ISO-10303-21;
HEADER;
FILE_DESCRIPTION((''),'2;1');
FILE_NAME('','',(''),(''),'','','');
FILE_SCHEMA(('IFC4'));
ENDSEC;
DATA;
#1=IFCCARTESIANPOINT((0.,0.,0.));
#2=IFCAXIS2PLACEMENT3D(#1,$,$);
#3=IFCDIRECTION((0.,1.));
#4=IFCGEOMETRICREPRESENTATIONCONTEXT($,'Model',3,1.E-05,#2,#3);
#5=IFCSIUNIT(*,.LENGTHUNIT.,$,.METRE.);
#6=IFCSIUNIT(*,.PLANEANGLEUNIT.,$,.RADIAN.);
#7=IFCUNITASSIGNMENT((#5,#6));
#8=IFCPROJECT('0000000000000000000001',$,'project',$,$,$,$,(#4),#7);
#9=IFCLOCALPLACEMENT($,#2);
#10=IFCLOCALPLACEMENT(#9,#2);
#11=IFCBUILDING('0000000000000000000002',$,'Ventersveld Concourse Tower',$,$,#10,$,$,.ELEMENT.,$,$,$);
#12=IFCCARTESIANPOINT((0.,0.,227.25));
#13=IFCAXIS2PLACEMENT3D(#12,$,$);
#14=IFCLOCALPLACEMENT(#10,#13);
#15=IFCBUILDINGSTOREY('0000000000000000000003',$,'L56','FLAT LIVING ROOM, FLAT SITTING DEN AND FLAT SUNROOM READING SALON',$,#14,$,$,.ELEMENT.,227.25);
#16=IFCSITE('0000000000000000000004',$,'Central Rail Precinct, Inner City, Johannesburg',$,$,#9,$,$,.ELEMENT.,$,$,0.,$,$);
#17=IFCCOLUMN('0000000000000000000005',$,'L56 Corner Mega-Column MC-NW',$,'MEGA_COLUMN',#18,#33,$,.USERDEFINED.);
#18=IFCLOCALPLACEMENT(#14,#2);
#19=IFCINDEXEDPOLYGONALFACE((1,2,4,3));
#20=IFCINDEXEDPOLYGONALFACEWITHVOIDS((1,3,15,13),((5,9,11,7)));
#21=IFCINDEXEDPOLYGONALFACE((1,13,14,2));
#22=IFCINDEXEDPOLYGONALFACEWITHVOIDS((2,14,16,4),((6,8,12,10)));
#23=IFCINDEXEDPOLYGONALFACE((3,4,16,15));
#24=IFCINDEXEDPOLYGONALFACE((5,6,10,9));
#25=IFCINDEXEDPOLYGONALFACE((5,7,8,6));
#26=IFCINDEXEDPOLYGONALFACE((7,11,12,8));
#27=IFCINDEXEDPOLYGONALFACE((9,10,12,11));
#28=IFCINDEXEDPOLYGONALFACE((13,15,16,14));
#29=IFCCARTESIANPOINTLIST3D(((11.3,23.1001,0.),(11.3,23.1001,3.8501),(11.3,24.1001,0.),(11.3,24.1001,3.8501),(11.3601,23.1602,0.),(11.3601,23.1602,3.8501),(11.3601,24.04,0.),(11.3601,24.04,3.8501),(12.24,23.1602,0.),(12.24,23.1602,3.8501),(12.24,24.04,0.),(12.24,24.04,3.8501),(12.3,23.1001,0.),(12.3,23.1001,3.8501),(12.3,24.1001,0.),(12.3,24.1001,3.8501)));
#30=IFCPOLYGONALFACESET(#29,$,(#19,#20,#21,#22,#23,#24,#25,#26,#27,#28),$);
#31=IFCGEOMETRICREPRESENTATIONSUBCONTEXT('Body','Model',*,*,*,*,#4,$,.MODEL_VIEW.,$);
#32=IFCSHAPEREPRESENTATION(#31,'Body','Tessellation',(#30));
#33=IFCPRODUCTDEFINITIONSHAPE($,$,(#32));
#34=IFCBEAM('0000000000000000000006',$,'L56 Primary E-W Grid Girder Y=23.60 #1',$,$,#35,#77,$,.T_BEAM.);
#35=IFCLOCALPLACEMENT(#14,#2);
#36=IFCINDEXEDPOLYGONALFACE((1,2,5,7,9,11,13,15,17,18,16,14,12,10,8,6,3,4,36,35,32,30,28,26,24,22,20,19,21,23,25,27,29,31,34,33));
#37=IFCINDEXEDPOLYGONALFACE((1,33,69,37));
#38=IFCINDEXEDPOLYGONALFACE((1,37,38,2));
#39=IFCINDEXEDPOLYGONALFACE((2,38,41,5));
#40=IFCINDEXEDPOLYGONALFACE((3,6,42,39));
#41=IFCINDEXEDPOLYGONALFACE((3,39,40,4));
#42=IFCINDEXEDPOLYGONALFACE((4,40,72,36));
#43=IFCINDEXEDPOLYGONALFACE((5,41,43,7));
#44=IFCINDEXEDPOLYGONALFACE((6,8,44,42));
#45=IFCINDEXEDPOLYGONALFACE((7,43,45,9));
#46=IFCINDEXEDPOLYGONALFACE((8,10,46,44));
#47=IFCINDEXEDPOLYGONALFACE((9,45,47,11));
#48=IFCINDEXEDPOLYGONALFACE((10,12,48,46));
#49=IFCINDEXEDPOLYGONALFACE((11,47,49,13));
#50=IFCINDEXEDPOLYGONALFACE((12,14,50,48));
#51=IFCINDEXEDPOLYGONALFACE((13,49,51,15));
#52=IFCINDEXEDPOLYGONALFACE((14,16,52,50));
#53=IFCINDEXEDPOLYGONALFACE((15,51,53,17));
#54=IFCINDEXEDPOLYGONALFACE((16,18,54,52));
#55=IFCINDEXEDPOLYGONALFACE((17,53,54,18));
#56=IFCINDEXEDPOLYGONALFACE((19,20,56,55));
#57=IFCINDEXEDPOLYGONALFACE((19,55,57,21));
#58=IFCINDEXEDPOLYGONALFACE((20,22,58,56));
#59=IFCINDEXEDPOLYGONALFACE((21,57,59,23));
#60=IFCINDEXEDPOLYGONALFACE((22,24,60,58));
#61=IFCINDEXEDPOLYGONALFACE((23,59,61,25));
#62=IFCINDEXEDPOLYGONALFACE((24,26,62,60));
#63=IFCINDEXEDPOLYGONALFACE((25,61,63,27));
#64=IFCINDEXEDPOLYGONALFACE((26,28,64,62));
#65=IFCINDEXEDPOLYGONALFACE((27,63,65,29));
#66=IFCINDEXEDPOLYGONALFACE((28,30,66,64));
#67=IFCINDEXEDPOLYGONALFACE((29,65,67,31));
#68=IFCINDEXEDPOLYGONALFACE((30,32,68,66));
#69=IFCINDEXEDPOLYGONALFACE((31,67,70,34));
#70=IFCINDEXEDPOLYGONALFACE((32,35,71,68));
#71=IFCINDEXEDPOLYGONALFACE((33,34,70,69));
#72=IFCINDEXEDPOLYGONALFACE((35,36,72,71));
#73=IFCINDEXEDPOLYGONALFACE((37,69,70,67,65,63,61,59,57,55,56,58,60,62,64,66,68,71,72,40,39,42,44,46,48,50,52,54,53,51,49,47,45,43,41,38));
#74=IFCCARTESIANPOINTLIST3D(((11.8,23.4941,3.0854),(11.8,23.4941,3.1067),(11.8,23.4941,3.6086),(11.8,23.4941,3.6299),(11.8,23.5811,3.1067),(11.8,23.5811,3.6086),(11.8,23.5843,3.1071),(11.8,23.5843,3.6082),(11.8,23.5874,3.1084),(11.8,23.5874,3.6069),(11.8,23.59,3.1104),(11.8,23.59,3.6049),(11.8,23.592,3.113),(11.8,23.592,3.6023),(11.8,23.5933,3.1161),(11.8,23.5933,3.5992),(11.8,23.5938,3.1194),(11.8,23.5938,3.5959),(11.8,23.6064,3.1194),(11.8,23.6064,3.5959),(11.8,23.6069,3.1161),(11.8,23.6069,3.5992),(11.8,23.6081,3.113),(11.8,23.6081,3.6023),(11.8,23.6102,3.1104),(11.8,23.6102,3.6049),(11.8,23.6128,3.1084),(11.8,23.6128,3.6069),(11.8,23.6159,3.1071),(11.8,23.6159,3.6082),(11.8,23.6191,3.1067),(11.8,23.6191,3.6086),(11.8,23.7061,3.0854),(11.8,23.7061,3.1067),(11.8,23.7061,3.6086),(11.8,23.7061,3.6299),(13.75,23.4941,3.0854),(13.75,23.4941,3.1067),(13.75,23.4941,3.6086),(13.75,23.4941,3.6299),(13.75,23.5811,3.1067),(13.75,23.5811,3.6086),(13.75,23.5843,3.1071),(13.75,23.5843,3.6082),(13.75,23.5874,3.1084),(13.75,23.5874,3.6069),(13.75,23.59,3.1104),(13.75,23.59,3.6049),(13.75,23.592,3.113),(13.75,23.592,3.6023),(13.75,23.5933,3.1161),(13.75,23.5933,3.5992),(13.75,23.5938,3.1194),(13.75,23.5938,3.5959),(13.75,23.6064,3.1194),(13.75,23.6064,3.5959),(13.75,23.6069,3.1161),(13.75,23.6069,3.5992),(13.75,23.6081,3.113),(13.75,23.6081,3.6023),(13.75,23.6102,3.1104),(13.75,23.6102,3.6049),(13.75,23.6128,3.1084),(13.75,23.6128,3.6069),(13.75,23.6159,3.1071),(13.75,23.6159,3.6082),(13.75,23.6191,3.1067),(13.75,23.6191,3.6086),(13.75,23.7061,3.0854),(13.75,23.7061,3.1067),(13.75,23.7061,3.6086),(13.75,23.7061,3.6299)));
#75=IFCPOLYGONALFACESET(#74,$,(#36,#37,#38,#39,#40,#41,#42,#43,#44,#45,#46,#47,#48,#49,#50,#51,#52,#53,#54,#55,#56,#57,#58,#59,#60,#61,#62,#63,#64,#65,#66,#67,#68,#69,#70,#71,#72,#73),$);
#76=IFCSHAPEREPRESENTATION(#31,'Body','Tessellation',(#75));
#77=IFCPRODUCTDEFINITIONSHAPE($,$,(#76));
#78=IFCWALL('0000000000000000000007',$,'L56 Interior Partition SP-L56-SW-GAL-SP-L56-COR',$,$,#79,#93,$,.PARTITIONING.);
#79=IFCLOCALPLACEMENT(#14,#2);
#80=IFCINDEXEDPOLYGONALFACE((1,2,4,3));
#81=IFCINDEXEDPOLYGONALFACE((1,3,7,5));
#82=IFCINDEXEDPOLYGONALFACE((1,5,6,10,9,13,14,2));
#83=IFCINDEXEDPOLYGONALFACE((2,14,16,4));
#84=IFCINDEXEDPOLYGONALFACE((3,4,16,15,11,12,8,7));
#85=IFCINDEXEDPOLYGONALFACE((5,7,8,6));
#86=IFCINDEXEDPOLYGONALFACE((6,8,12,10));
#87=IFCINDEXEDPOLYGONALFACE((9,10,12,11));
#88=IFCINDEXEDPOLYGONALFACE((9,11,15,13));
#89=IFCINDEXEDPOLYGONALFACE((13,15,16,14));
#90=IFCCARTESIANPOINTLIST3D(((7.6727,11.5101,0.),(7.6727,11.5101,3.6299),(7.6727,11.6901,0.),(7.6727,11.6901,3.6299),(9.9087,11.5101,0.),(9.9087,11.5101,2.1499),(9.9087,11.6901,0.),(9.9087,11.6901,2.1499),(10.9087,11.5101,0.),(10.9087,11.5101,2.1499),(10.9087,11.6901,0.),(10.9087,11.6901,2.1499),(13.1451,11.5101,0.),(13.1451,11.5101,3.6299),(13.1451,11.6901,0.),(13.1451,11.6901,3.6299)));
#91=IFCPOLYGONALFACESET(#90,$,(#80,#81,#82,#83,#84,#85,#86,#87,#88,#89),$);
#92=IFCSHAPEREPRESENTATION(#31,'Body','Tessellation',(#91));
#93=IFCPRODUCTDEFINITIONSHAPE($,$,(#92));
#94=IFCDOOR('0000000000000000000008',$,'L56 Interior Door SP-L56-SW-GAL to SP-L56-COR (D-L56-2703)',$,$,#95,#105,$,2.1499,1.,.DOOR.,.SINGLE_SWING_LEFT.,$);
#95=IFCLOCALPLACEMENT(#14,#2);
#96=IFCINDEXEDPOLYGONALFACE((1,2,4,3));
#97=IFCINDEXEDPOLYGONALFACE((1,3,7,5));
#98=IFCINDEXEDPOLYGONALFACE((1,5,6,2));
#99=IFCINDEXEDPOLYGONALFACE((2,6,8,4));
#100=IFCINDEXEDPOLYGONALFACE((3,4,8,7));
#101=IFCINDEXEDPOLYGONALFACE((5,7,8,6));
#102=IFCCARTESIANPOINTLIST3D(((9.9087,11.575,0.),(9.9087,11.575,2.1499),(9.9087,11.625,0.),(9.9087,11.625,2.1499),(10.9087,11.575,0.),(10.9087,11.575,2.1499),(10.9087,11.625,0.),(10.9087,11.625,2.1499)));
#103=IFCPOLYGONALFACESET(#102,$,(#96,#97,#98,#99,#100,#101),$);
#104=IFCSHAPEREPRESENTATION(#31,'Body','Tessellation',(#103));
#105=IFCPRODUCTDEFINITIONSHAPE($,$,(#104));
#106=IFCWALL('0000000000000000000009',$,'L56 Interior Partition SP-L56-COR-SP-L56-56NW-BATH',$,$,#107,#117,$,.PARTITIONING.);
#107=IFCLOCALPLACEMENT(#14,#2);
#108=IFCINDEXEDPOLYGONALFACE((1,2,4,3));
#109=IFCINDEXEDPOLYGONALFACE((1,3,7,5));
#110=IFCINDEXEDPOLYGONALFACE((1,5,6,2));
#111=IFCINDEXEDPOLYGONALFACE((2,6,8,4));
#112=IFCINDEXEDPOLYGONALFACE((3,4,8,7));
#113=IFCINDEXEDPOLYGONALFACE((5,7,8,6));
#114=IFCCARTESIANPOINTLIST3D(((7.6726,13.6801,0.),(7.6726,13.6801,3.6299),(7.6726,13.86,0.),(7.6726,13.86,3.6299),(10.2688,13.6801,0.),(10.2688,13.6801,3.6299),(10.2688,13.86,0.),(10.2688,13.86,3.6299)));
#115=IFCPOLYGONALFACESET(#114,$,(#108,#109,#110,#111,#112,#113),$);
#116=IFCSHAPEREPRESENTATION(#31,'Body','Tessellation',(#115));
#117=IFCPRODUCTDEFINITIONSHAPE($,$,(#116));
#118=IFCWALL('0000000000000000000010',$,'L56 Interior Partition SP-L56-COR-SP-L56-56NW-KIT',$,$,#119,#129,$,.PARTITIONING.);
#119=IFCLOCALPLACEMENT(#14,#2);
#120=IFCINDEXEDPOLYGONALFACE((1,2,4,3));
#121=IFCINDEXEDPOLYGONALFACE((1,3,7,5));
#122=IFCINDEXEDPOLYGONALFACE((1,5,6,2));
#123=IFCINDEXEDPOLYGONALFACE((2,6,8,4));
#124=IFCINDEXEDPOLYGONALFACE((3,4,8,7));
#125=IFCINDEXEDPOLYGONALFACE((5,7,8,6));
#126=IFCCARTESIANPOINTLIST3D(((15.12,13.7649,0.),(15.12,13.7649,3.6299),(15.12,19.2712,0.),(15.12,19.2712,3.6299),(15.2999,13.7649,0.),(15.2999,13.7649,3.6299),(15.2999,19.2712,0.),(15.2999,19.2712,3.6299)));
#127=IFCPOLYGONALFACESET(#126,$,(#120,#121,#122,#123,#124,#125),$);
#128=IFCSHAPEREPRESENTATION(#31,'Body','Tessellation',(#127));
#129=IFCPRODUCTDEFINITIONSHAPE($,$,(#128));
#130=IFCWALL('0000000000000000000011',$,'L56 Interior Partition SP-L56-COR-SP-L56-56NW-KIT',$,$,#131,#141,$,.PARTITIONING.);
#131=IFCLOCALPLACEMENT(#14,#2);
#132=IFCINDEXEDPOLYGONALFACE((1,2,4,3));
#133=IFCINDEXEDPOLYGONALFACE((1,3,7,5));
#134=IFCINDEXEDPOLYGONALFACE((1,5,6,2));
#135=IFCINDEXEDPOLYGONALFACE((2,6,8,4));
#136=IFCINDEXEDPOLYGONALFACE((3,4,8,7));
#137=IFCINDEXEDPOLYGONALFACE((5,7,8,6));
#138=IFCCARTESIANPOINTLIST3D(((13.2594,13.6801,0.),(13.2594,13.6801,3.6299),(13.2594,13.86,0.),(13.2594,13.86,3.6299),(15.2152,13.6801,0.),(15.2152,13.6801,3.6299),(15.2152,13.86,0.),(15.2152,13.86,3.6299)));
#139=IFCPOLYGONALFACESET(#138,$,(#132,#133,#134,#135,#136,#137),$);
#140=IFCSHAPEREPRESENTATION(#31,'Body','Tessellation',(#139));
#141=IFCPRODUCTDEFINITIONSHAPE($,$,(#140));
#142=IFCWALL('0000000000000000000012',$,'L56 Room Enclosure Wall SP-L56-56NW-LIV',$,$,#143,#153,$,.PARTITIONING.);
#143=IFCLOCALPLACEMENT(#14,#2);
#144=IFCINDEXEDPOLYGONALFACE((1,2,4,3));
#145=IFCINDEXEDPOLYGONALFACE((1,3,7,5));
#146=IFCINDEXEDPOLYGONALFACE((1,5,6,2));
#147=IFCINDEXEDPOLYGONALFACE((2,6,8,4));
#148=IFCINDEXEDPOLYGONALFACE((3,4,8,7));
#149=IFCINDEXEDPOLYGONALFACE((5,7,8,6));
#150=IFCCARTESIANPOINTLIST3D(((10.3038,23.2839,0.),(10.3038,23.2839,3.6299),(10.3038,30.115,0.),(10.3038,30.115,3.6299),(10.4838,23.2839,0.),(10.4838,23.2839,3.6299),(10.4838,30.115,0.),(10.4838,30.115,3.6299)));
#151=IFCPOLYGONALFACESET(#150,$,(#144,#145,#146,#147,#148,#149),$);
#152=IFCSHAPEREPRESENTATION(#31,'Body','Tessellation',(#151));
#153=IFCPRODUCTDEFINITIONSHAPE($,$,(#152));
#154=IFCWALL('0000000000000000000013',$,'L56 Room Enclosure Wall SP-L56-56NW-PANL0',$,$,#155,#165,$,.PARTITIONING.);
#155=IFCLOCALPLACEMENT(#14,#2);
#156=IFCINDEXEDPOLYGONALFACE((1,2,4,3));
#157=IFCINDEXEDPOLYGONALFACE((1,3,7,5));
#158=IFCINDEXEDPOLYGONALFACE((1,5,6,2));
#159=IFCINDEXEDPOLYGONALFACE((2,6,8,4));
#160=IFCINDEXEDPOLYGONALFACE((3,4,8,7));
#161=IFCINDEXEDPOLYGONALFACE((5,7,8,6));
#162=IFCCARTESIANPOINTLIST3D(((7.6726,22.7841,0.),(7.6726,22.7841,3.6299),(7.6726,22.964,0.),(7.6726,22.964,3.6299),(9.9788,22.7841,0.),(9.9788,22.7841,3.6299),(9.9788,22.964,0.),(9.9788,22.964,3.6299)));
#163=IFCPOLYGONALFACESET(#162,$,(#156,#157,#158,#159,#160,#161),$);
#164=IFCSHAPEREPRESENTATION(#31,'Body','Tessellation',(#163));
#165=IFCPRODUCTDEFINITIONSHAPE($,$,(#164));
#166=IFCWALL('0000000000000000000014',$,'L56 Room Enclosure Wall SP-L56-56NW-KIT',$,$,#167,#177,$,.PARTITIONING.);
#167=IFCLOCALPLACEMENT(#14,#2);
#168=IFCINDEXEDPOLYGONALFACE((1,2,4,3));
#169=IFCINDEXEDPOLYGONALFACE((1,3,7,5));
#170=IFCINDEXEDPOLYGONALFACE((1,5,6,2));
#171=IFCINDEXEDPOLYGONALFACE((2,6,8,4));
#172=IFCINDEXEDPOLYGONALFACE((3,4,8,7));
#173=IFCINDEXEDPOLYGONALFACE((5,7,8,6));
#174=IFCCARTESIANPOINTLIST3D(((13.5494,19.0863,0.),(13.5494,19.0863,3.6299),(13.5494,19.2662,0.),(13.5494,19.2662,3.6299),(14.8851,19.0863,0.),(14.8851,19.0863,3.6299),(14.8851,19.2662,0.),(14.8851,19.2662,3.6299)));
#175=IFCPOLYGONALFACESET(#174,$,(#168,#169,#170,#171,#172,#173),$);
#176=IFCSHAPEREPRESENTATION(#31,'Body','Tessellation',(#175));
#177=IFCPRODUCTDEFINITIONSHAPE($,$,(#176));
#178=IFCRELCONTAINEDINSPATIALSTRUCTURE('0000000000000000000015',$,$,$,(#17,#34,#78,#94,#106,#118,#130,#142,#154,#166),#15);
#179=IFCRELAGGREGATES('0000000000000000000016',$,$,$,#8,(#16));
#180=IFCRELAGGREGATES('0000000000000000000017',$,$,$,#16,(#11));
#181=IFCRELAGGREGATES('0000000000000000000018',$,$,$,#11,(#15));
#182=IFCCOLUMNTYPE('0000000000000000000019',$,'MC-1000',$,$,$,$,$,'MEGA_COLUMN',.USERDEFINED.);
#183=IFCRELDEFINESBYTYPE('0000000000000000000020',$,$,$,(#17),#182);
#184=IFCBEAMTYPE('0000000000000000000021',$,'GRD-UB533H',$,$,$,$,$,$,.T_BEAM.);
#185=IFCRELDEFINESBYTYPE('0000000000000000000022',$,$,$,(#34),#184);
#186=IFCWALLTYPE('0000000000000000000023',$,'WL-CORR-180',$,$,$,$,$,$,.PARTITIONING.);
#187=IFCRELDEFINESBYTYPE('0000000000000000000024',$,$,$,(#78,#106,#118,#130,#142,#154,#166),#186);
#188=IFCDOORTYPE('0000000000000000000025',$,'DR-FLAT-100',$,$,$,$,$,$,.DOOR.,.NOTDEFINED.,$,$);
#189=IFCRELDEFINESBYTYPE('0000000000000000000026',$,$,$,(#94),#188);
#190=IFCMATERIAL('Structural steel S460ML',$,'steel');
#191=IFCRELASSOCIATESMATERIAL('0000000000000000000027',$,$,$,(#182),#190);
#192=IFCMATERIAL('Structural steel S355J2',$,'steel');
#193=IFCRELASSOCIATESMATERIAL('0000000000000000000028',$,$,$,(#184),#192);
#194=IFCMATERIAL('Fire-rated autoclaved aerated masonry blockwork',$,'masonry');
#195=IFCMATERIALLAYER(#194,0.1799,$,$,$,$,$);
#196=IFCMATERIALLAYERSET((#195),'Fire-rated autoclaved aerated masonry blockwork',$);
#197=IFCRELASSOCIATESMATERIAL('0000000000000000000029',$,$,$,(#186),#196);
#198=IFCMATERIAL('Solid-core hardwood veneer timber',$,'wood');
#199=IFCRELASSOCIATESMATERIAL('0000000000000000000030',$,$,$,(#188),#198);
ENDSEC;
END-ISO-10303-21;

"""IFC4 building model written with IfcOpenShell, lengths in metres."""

from ifc_helpers import new_model, si_unit, direction, frame, frame_2d, origin, origin_2d, place, context, subcontext, project, spatial, rectangle, hollow_rectangle, i_section, extrude, material, layer, layer_set, material_profile, profile_set, type_object, element, fill, save


model = new_model("IFC4")

# Units and contexts
model_context = context("Model", 3, precision=1e-05, world=origin(), true_north=direction((0.0, 1.0)))
body_context = subcontext(model_context, "Body", "Model", "MODEL_VIEW")
ifc_project = project(units=[si_unit("LENGTHUNIT", "METRE"), si_unit("PLANEANGLEUNIT", "RADIAN")], contexts=[model_context])

# Site, building, storey
site_placement = place(None, origin())
site = spatial("IfcSite", under=ifc_project, at=site_placement, Name="Central Rail Precinct, Inner City, Johannesburg", CompositionType="ELEMENT", RefElevation=0.0)
building_placement = place(site_placement, origin())
building = spatial("IfcBuilding", under=site, at=building_placement, Name="Ventersveld Concourse Tower", CompositionType="ELEMENT")
storey_placement = place(building_placement, frame((0.0, 0.0, 227.25)))
storey = spatial("IfcBuildingStorey", under=building, at=storey_placement, Name="L56", Description="FLAT LIVING ROOM, FLAT SITTING DEN AND FLAT SUNROOM READING SALON", CompositionType="ELEMENT", Elevation=227.25)

# Column
ifc_material_1 = material(Name="Structural steel S460ML", Category="steel")
ifc_material_profile_1 = material_profile(ifc_material_1, hollow_rectangle(XDim=1.0, YDim=1.0, WallThickness=0.0601, at=origin_2d()), Name="BOX 1000x1000x60")
ifc_profile_set_1 = profile_set([ifc_material_profile_1], Name="Structural steel S460ML")
column_type = type_object("IfcColumnType", Name="MC-1000", ElementType="MEGA_COLUMN", PredefinedType="USERDEFINED", material=ifc_profile_set_1)
column_placement = place(storey_placement, frame((11.8, 23.6001, 0.0), z_axis=(0.0, 0.0, 1.0), x_axis=(1.0, 0.0, 0.0)))
element("IfcColumn", 1, at=column_placement, inside=storey, type_object=column_type, Name="L56 Corner Mega-Column MC-NW", ObjectType="MEGA_COLUMN", PredefinedType="USERDEFINED", context=body_context, shape_type="SweptSolid", body=[
    extrude(hollow_rectangle(XDim=1.0, YDim=1.0, WallThickness=0.0601, at=origin_2d()), origin(), (0.0, 0.0, 1.0), 3.8501),
])

# Beam
ifc_material_2 = material(Name="Structural steel S355J2", Category="steel")
ifc_material_profile_2 = material_profile(ifc_material_2, i_section(OverallWidth=0.2119, OverallDepth=0.5444, WebThickness=0.0127, FlangeThickness=0.0212, FilletRadius=0.0127, at=origin_2d()), Name="UB 533x210x122")
ifc_profile_set_2 = profile_set([ifc_material_profile_2], Name="Structural steel S355J2")
beam_type = type_object("IfcBeamType", Name="GRD-UB533H", PredefinedType="T_BEAM", material=ifc_profile_set_2)
beam_placement = place(storey_placement, frame((11.8, 23.6001, 3.3577), z_axis=(1.0, 0.0, 0.0), x_axis=(0.0, 1.0, 0.0)))
element("IfcBeam", 2, at=beam_placement, inside=storey, type_object=beam_type, Name="L56 Primary E-W Grid Girder Y=23.60 #1", PredefinedType="T_BEAM", context=body_context, shape_type="SweptSolid", body=[
    extrude(i_section(OverallWidth=0.2119, OverallDepth=0.5444, WebThickness=0.0127, FlangeThickness=0.0212, FilletRadius=0.0127, at=origin_2d()), origin(), (0.0, 0.0, 1.0), 1.95),
])

# Wall, opening, door
ifc_material_3 = material(Name="Fire-rated autoclaved aerated masonry blockwork", Category="masonry")
ifc_layer_1 = layer(ifc_material_3, 0.1799)
ifc_layer_set_1 = layer_set([ifc_layer_1], Name="Fire-rated autoclaved aerated masonry blockwork")
wall_type_1 = type_object("IfcWallType", Name="WL-CORR-180", PredefinedType="PARTITIONING", material=ifc_layer_set_1)
wall_1_placement = place(storey_placement, frame((7.6726, 11.6001, 0.0), z_axis=(0.0, 0.0, 1.0), x_axis=(1.0, 0.0, 0.0)))
wall_1 = element("IfcWall", 3, at=wall_1_placement, inside=storey, type_object=wall_type_1, Name="L56 Interior Partition SP-L56-SW-GAL-SP-L56-COR", PredefinedType="PARTITIONING", context=body_context, shape_type="SweptSolid", body=[
    extrude(rectangle(XDim=5.4724, YDim=0.1799, at=frame_2d((2.7363, 0.0))), origin(), (0.0, 0.0, 1.0), 3.6299),
])
opening_1_placement = place(wall_1_placement, frame((2.2361, 0.0, 0.0)))
opening_1 = element("IfcOpeningElement", 4, at=opening_1_placement, cuts=wall_1, PredefinedType="OPENING", context=body_context, shape_type="SweptSolid", body=[
    extrude(rectangle(XDim=1.0, YDim=2.1499, at=frame_2d((0.5, 1.075))), frame((0.0, 0.1001, 0.0), z_axis=(0.0, -1.0, 0.0), x_axis=(1.0, 0.0, 0.0)), (0.0, 0.0, 1.0), 0.2),
])
ifc_material_4 = material(Name="Solid-core hardwood veneer timber", Category="wood")
door_type_1 = type_object("IfcDoorType", Name="DR-FLAT-100", OperationType="NOTDEFINED", PredefinedType="DOOR", material=ifc_material_4)
door_1_placement = place(opening_1_placement, origin())
door_1 = element("IfcDoor", 5, at=door_1_placement, inside=storey, type_object=door_type_1, Name="L56 Interior Door SP-L56-SW-GAL to SP-L56-COR (D-L56-2703)", OperationType="SINGLE_SWING_LEFT", OverallHeight=2.1499, OverallWidth=1.0, PredefinedType="DOOR", context=body_context, shape_type="SweptSolid", body=[
    extrude(rectangle(XDim=1.0, YDim=2.1499, at=frame_2d((0.5, 1.075))), frame((0.0, 0.0249, 0.0), z_axis=(0.0, -1.0, 0.0), x_axis=(1.0, 0.0, 0.0)), (0.0, 0.0, 1.0), 0.05),
])
fill(opening_1, door_1)

# Walls
wall_2_placement = place(storey_placement, frame((7.6726, 13.77, 0.0), z_axis=(0.0, 0.0, 1.0), x_axis=(1.0, 0.0, 0.0)))
element("IfcWall", 6, at=wall_2_placement, inside=storey, type_object=wall_type_1, Name="L56 Interior Partition SP-L56-COR-SP-L56-56NW-BATH", PredefinedType="PARTITIONING", context=body_context, shape_type="SweptSolid", body=[
    extrude(rectangle(XDim=2.5962, YDim=0.1799, at=frame_2d((1.2981, 0.0))), origin(), (0.0, 0.0, 1.0), 3.6299),
])
wall_3_placement = place(storey_placement, frame((15.21, 13.7649, 0.0), z_axis=(0.0, 0.0, 1.0), x_axis=(0.0, 1.0, 0.0)))
element("IfcWall", 7, at=wall_3_placement, inside=storey, type_object=wall_type_1, Name="L56 Interior Partition SP-L56-COR-SP-L56-56NW-KIT", PredefinedType="PARTITIONING", context=body_context, shape_type="SweptSolid", body=[
    extrude(rectangle(XDim=5.5063, YDim=0.1799, at=frame_2d((2.7532, 0.0))), origin(), (0.0, 0.0, 1.0), 3.6299),
])
wall_4_placement = place(storey_placement, frame((13.2593, 13.77, 0.0), z_axis=(0.0, 0.0, 1.0), x_axis=(1.0, 0.0, 0.0)))
element("IfcWall", 8, at=wall_4_placement, inside=storey, type_object=wall_type_1, Name="L56 Interior Partition SP-L56-COR-SP-L56-56NW-KIT", PredefinedType="PARTITIONING", context=body_context, shape_type="SweptSolid", body=[
    extrude(rectangle(XDim=1.9558, YDim=0.1799, at=frame_2d((0.978, 0.0))), origin(), (0.0, 0.0, 1.0), 3.6299),
])
wall_5_placement = place(storey_placement, frame((10.3938, 23.2839, 0.0), z_axis=(0.0, 0.0, 1.0), x_axis=(0.0, 1.0, 0.0)))
element("IfcWall", 9, at=wall_5_placement, inside=storey, type_object=wall_type_1, Name="L56 Room Enclosure Wall SP-L56-56NW-LIV", PredefinedType="PARTITIONING", context=body_context, shape_type="SweptSolid", body=[
    extrude(rectangle(XDim=6.8311, YDim=0.1799, at=frame_2d((3.4155, 0.0))), origin(), (0.0, 0.0, 1.0), 3.6299),
])
wall_6_placement = place(storey_placement, frame((7.6726, 22.874, 0.0), z_axis=(0.0, 0.0, 1.0), x_axis=(1.0, 0.0, 0.0)))
element("IfcWall", 10, at=wall_6_placement, inside=storey, type_object=wall_type_1, Name="L56 Room Enclosure Wall SP-L56-56NW-PANL0", PredefinedType="PARTITIONING", context=body_context, shape_type="SweptSolid", body=[
    extrude(rectangle(XDim=2.3062, YDim=0.1799, at=frame_2d((1.1531, 0.0))), origin(), (0.0, 0.0, 1.0), 3.6299),
])
wall_7_placement = place(storey_placement, frame((13.5493, 19.1763, 0.0), z_axis=(0.0, 0.0, 1.0), x_axis=(1.0, 0.0, 0.0)))
element("IfcWall", 11, at=wall_7_placement, inside=storey, type_object=wall_type_1, Name="L56 Room Enclosure Wall SP-L56-56NW-KIT", PredefinedType="PARTITIONING", context=body_context, shape_type="SweptSolid", body=[
    extrude(rectangle(XDim=1.3357, YDim=0.1799, at=frame_2d((0.668, 0.0))), origin(), (0.0, 0.0, 1.0), 3.6299),
])

save(model, "model.ifc")
